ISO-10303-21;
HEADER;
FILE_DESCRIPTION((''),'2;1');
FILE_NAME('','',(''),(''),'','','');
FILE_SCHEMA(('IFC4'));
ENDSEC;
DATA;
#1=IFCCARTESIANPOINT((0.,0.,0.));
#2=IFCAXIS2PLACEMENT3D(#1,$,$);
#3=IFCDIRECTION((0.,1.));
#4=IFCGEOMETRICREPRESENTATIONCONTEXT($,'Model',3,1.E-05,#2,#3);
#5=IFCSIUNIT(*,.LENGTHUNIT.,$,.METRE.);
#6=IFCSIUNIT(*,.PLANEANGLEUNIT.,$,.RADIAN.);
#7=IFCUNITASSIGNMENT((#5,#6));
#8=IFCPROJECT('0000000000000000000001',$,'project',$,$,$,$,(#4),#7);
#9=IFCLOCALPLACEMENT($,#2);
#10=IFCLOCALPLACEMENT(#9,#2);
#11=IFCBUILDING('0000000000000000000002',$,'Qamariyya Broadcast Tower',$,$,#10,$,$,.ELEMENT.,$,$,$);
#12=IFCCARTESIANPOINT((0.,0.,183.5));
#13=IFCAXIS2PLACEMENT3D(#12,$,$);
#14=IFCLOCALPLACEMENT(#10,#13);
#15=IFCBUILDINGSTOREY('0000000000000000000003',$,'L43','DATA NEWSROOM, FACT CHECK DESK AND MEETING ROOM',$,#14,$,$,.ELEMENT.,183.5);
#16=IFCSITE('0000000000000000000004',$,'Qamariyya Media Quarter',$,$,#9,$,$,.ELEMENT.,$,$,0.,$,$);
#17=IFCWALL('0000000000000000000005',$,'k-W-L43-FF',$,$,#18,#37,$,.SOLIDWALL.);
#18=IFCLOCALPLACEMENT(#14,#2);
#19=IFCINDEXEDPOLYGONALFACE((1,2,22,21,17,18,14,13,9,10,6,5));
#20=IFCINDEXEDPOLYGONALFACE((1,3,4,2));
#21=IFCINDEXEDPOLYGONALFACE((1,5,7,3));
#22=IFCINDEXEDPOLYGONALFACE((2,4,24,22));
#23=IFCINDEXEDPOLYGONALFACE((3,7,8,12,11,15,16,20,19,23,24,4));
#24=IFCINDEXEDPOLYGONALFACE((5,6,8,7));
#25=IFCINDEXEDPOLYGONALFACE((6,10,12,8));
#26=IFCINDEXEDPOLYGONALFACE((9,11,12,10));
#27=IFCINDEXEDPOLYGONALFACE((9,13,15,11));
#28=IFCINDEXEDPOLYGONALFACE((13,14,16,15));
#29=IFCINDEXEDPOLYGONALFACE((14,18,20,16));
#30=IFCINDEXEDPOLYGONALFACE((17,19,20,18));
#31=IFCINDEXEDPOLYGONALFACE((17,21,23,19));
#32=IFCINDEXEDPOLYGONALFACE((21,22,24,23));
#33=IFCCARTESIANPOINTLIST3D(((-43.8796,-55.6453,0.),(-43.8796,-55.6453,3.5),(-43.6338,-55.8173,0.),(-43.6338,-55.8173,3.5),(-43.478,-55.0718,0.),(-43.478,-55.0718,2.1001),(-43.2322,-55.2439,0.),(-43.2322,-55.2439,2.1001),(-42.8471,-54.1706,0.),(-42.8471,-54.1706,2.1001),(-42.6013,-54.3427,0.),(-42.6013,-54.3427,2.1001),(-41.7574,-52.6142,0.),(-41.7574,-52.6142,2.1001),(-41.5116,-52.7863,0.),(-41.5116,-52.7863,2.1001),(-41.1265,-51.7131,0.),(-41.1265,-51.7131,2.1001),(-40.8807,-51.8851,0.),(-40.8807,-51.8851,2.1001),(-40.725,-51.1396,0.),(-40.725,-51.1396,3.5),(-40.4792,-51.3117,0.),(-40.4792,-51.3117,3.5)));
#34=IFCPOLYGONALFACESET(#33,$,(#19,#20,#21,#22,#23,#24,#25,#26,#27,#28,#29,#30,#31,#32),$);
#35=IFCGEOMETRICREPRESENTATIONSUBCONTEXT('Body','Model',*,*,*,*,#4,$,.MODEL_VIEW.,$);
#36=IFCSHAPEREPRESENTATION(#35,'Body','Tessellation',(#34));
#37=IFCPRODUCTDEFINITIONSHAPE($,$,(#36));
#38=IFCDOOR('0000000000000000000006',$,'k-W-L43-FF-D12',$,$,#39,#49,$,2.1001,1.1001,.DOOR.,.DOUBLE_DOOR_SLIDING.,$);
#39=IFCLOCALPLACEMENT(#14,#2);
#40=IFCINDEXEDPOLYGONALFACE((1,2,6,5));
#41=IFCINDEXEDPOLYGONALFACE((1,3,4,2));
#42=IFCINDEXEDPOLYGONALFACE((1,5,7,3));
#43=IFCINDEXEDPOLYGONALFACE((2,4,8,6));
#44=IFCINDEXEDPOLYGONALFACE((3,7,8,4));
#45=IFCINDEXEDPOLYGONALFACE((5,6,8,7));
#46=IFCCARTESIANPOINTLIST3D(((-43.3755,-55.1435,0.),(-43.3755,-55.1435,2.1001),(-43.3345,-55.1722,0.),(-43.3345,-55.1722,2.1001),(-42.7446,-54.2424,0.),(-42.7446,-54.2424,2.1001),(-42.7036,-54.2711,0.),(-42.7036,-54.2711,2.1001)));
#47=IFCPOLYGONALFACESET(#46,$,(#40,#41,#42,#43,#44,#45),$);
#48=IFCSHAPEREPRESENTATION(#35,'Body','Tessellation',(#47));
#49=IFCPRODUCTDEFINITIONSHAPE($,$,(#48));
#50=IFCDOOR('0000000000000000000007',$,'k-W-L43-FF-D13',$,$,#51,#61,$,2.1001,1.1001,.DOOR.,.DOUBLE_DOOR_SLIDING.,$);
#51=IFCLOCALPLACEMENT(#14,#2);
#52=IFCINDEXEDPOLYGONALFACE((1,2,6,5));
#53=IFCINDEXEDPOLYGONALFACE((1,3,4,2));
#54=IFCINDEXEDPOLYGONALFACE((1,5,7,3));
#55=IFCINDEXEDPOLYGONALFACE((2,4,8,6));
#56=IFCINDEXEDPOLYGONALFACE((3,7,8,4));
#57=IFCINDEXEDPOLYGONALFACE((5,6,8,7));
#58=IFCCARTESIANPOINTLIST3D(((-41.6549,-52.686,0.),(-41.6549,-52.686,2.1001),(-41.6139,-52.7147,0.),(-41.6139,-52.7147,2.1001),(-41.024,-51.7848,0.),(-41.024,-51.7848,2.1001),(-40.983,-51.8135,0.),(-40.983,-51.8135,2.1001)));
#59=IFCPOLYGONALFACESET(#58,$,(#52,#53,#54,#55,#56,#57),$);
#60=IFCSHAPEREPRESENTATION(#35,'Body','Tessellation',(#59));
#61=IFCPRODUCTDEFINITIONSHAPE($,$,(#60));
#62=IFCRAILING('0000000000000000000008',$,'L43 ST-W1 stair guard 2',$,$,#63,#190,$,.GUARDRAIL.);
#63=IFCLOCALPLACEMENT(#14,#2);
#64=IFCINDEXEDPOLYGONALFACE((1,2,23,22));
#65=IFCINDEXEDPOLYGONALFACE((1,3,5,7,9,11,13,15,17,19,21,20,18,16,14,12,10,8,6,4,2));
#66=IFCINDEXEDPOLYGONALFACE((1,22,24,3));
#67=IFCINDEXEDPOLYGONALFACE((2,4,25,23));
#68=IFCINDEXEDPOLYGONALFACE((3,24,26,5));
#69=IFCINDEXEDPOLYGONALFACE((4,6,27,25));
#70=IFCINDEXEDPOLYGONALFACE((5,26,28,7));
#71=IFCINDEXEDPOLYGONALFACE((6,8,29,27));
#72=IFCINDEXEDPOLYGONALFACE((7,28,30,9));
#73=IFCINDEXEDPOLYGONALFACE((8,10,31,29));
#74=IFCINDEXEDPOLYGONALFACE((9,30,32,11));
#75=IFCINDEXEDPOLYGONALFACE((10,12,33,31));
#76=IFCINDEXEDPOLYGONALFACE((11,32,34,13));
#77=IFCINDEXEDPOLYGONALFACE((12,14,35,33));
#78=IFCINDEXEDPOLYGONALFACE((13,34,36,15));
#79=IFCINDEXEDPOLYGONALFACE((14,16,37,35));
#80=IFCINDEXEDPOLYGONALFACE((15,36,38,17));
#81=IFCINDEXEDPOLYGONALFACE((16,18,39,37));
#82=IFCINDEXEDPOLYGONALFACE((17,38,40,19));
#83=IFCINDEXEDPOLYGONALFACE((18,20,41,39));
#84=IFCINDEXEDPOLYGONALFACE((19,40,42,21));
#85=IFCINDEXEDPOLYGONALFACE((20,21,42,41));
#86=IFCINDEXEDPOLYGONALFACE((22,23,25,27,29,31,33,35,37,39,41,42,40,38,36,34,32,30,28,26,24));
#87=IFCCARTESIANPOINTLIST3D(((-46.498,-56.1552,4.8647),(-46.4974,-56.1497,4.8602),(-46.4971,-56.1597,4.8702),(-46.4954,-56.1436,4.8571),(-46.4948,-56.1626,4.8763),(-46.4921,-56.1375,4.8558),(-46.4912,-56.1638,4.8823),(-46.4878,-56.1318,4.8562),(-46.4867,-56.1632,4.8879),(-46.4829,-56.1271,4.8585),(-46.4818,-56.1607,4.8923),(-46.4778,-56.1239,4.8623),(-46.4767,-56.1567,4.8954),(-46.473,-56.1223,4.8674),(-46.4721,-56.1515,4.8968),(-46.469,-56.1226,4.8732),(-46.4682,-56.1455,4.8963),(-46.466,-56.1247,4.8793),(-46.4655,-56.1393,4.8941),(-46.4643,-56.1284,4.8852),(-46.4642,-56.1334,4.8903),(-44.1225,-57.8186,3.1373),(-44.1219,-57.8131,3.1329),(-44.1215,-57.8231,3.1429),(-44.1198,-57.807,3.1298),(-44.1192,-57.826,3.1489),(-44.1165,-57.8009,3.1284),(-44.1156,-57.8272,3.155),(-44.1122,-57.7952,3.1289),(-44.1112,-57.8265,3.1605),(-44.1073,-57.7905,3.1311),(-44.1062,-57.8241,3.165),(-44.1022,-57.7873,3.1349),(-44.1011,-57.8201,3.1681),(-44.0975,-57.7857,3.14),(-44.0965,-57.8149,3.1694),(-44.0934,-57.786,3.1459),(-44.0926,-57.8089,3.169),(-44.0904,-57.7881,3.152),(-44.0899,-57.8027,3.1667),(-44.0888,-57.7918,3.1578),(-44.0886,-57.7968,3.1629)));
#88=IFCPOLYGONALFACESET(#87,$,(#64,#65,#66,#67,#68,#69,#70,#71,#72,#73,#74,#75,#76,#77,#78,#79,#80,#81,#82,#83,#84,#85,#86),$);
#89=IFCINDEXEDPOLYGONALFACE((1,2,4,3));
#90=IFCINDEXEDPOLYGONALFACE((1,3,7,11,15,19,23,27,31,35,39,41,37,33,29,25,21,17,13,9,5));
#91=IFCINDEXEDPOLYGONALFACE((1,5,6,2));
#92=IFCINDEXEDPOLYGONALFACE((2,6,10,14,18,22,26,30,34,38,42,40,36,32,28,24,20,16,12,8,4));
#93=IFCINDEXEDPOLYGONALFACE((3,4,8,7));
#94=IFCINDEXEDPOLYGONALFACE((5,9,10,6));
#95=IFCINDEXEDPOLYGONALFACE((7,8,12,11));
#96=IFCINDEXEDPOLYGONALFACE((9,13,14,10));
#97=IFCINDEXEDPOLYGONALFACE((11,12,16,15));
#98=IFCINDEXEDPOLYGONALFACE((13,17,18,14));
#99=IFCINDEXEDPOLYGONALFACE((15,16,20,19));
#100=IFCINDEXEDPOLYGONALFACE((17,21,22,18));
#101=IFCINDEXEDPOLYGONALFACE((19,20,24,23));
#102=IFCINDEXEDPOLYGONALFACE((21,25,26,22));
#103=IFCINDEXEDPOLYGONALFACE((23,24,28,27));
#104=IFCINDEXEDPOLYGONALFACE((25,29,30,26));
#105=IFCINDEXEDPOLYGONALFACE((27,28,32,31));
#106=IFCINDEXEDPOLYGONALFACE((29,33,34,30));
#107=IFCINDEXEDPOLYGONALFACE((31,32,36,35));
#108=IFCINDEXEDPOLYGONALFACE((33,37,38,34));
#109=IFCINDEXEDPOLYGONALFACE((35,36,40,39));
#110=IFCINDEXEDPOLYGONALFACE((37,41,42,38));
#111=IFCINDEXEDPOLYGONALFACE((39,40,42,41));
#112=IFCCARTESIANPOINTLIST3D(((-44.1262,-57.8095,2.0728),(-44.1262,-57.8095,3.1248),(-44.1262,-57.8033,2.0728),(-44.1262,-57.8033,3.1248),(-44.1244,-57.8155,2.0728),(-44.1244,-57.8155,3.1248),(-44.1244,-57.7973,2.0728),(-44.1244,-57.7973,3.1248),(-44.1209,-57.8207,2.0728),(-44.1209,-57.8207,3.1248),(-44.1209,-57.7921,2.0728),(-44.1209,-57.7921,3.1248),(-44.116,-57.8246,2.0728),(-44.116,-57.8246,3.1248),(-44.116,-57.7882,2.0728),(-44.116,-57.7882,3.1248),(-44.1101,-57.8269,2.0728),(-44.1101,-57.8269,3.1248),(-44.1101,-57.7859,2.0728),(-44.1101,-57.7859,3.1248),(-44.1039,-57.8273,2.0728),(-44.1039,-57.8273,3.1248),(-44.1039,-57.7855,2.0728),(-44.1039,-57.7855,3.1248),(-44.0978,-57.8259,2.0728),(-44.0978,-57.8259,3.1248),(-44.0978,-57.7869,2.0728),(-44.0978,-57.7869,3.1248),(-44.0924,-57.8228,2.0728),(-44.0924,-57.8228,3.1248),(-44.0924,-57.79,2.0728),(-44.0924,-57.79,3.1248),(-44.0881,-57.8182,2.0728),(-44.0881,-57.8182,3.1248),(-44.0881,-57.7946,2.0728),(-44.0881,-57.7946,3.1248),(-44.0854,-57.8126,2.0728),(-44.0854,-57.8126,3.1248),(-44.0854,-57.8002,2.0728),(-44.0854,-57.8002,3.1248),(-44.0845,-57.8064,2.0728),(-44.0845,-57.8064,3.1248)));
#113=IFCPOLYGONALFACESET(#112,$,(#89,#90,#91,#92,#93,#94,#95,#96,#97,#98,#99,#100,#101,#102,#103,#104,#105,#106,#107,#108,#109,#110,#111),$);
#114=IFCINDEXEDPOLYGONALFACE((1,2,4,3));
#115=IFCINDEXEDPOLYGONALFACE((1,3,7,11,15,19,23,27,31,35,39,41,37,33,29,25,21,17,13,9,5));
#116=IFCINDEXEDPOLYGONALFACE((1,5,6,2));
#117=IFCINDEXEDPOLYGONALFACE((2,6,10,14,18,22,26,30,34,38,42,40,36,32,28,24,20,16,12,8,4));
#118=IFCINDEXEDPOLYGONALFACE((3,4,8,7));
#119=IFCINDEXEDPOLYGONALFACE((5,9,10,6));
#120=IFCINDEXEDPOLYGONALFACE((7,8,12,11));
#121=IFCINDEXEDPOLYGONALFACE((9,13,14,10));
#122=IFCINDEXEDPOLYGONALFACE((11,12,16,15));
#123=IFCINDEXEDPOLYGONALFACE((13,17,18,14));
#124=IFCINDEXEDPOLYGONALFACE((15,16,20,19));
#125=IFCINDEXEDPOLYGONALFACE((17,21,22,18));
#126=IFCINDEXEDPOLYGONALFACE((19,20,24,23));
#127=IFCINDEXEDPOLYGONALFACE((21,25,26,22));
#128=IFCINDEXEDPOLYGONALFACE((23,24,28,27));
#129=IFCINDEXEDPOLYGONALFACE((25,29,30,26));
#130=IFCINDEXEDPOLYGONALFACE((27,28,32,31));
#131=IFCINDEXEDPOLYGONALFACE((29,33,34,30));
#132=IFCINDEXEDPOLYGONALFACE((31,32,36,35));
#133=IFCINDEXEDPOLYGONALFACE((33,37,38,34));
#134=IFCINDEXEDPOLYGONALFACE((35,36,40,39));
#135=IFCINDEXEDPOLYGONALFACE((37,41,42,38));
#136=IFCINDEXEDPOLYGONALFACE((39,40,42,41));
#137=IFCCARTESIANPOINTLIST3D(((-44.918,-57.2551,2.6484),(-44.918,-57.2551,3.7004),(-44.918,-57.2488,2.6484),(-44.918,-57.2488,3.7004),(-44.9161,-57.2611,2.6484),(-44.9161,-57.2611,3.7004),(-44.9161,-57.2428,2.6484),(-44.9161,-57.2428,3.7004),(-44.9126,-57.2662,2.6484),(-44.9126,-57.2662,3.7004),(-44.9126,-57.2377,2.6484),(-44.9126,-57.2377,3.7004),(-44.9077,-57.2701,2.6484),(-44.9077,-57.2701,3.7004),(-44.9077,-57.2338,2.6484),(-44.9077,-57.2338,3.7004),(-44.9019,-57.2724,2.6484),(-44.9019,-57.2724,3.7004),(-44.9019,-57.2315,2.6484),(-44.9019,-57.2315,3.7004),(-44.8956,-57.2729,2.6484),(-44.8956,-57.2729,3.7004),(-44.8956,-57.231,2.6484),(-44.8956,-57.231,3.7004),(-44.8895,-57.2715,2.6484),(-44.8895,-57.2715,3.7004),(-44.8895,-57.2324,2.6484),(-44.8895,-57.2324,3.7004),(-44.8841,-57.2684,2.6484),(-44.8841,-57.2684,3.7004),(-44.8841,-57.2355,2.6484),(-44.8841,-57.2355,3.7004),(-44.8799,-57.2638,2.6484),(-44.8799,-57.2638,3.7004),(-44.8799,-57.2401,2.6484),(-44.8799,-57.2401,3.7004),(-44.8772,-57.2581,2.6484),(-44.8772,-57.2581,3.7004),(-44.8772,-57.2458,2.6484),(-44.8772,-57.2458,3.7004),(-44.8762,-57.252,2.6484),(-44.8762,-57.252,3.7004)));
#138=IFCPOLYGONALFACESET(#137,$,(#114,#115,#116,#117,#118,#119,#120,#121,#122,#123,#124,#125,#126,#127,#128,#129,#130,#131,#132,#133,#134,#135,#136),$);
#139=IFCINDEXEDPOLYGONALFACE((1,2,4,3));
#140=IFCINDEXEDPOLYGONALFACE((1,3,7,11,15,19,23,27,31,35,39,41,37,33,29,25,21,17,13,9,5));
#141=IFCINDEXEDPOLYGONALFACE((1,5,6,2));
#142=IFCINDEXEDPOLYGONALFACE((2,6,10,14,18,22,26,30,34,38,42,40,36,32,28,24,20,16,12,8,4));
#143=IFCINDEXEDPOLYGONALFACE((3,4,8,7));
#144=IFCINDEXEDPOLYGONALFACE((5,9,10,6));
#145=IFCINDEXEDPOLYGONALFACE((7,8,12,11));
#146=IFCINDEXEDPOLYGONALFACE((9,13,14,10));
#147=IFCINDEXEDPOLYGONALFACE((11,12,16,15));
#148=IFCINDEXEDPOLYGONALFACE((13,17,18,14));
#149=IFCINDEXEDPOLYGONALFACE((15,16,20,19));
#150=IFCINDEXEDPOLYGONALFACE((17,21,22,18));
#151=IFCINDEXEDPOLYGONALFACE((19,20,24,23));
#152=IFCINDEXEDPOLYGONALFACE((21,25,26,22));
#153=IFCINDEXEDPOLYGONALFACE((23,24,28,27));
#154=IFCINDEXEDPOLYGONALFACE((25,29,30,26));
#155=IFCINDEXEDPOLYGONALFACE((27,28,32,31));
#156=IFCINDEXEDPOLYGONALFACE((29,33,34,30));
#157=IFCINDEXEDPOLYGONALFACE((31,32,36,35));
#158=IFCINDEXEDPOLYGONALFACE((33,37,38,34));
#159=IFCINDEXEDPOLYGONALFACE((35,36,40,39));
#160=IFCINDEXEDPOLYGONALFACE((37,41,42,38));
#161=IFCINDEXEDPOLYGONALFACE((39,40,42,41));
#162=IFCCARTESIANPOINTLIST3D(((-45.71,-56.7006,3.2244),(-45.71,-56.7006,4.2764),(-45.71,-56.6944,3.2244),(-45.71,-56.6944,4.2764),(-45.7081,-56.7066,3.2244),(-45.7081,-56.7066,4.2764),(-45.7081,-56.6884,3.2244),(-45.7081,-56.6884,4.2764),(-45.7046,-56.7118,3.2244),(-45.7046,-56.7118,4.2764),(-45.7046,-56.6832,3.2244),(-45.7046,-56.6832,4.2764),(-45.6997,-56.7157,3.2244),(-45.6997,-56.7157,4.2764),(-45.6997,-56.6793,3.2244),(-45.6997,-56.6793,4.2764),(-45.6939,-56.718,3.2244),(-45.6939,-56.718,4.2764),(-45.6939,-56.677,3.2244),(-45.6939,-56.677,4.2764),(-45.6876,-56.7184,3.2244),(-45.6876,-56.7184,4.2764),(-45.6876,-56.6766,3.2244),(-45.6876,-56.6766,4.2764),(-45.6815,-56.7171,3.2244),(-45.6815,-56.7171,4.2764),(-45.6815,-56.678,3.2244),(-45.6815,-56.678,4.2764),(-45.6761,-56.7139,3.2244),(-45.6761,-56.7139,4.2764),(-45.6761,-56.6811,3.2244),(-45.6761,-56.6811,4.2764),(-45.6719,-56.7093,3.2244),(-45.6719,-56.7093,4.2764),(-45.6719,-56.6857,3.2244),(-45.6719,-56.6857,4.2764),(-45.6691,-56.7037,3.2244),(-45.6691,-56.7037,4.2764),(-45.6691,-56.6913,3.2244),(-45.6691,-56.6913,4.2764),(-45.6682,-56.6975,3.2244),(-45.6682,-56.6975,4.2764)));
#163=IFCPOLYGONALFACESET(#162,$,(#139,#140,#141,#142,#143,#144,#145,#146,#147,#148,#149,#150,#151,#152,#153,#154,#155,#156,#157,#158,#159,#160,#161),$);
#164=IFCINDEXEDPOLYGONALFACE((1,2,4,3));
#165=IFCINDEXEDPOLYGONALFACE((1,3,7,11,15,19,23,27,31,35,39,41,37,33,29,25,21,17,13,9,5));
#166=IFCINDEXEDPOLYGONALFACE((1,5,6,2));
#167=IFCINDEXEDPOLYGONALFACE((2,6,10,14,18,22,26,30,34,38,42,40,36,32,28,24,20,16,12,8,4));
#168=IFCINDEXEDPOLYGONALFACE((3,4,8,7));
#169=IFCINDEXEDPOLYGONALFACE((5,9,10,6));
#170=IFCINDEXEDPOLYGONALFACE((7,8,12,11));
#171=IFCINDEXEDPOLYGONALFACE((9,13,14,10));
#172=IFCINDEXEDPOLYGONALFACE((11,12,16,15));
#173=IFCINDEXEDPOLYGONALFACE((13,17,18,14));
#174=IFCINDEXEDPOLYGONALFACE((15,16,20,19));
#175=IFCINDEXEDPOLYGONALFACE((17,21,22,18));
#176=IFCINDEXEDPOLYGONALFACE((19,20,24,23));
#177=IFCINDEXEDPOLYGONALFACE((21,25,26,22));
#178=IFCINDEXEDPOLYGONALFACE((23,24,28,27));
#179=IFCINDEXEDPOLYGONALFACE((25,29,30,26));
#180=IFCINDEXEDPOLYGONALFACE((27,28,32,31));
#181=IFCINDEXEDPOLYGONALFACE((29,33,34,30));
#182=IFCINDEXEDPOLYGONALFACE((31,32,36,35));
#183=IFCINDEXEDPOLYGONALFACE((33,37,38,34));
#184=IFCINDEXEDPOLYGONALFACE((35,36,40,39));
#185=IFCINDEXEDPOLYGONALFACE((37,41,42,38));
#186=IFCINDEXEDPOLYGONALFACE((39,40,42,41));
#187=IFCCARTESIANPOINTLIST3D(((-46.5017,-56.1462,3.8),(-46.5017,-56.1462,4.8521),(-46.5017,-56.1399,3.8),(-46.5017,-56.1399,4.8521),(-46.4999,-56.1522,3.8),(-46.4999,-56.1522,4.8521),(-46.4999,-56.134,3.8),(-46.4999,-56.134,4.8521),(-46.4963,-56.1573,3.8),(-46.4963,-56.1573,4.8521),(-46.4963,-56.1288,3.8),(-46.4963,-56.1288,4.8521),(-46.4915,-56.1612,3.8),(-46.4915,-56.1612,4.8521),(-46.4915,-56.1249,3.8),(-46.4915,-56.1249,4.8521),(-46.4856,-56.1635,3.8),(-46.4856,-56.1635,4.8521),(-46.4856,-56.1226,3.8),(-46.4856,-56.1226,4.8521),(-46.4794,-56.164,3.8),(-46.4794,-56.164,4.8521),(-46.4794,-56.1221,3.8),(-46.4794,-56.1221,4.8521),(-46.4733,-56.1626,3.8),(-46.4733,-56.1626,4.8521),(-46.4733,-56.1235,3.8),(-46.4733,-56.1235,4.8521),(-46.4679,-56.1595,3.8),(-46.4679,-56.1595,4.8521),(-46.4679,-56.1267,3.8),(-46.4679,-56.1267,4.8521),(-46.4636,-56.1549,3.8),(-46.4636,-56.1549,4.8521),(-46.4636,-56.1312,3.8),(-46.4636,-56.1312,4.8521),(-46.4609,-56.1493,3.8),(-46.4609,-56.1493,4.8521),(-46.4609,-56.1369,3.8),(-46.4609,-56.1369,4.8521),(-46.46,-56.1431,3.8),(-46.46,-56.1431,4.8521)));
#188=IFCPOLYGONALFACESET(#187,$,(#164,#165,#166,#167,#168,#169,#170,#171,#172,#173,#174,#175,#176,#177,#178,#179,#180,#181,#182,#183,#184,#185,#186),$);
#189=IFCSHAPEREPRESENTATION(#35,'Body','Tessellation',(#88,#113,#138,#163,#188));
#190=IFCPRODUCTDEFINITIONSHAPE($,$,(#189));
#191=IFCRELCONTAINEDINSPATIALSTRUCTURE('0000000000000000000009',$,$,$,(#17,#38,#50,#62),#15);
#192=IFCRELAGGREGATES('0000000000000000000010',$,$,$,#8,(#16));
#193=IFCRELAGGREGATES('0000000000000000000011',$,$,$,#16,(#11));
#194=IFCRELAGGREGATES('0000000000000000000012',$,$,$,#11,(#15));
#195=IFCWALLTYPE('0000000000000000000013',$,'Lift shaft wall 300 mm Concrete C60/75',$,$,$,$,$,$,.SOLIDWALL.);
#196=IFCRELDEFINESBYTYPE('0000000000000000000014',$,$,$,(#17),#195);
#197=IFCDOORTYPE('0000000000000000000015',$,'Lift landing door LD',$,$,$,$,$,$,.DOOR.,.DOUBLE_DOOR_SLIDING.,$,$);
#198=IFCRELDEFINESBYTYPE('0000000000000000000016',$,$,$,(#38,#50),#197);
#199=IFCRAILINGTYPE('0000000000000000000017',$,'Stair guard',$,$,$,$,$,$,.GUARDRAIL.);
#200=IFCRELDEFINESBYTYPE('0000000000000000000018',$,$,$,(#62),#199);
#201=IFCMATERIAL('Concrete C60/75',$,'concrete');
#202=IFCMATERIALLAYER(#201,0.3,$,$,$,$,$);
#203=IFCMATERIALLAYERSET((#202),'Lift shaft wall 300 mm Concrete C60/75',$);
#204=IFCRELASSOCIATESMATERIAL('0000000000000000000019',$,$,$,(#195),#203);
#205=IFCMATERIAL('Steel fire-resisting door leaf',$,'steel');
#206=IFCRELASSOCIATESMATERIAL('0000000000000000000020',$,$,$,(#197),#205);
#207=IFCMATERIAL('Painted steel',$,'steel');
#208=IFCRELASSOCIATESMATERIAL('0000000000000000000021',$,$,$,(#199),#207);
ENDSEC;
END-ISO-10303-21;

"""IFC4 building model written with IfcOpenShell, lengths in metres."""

from ifc_helpers import new_model, si_unit, direction, frame, frame_2d, origin, origin_2d, place, context, subcontext, project, spatial, rectangle, circle, extrude, material, layer, layer_set, type_object, element, fill, save


model = new_model("IFC4")

# Units and contexts
model_context = context("Model", 3, precision=1e-05, world=origin(), true_north=direction((0.0, 1.0)))
body_context = subcontext(model_context, "Body", "Model", "MODEL_VIEW")
ifc_project = project(units=[si_unit("LENGTHUNIT", "METRE"), si_unit("PLANEANGLEUNIT", "RADIAN")], contexts=[model_context])

# Site, building, storey
site_placement = place(None, origin())
site = spatial("IfcSite", under=ifc_project, at=site_placement, Name="Qamariyya Media Quarter", CompositionType="ELEMENT", RefElevation=0.0)
building_placement = place(site_placement, origin())
building = spatial("IfcBuilding", under=site, at=building_placement, Name="Qamariyya Broadcast Tower", CompositionType="ELEMENT")
storey_placement = place(building_placement, frame((0.0, 0.0, 183.5)))
storey = spatial("IfcBuildingStorey", under=building, at=storey_placement, Name="L43", Description="DATA NEWSROOM, FACT CHECK DESK AND MEETING ROOM", CompositionType="ELEMENT", Elevation=183.5)

# Shared definitions
ifc_material_1 = material(Name="Concrete C60/75", Category="concrete")

# Shared definitions
ifc_material_2 = material(Name="Steel fire-resisting door leaf", Category="steel")

# Shared definitions
ifc_layer_1 = layer(ifc_material_1, 0.3)
ifc_layer_set_1 = layer_set([ifc_layer_1], Name="Lift shaft wall 300 mm Concrete C60/75")
wall_type_1 = type_object("IfcWallType", Name="Lift shaft wall 300 mm Concrete C60/75", PredefinedType="SOLIDWALL", material=ifc_layer_set_1)

# Wall, openings, doors
wall_1_placement = place(storey_placement, frame((-43.7566, -55.7312, 0.0), z_axis=(0.0, 0.0, 1.0), x_axis=(0.573537, 0.81918, 0.0)))
wall_1 = element("IfcWall", 1, at=wall_1_placement, inside=storey, type_object=wall_type_1, Name="k-W-L43-FF", PredefinedType="SOLIDWALL", context=body_context, shape_type="SweptSolid", body=[
    extrude(rectangle(XDim=5.5002, YDim=0.3, at=frame_2d((2.75, 0.0))), origin(), (0.0, 0.0, 1.0), 3.5),
])
opening_1_placement = place(wall_1_placement, frame((0.7, 0.0, 0.0)))
opening_1 = element("IfcOpeningElement", 2, at=opening_1_placement, cuts=wall_1, PredefinedType="OPENING", context=body_context, shape_type="SweptSolid", body=[
    extrude(rectangle(XDim=1.1001, YDim=2.1001, at=frame_2d((0.55, 1.05))), frame((0.0, 0.1599, 0.0), z_axis=(0.0, -1.0, 0.0), x_axis=(1.0, 0.0, 0.0)), (0.0, 0.0, 1.0), 0.3201),
])
opening_2_placement = place(wall_1_placement, frame((3.7, 0.0, 0.0)))
opening_2 = element("IfcOpeningElement", 3, at=opening_2_placement, cuts=wall_1, PredefinedType="OPENING", context=body_context, shape_type="SweptSolid", body=[
    extrude(rectangle(XDim=1.1001, YDim=2.1001, at=frame_2d((0.55, 1.05))), frame((0.0, 0.1599, 0.0), z_axis=(0.0, -1.0, 0.0), x_axis=(1.0, 0.0, 0.0)), (0.0, 0.0, 1.0), 0.3201),
])
door_type_1 = type_object("IfcDoorType", Name="Lift landing door LD", OperationType="DOUBLE_DOOR_SLIDING", PredefinedType="DOOR", material=ifc_material_2)
door_1_placement = place(opening_1_placement, origin())
door_1 = element("IfcDoor", 4, at=door_1_placement, inside=storey, type_object=door_type_1, Name="k-W-L43-FF-D12", OperationType="DOUBLE_DOOR_SLIDING", OverallHeight=2.1001, OverallWidth=1.1001, PredefinedType="DOOR", context=body_context, shape_type="SweptSolid", body=[
    extrude(rectangle(XDim=1.1001, YDim=2.1001, at=frame_2d((0.55, 1.05))), frame((0.0, 0.0249, 0.0), z_axis=(0.0, -1.0, 0.0), x_axis=(1.0, 0.0, 0.0)), (0.0, 0.0, 1.0), 0.05),
])
fill(opening_1, door_1)
door_2_placement = place(opening_2_placement, origin())
door_2 = element("IfcDoor", 5, at=door_2_placement, inside=storey, type_object=door_type_1, Name="k-W-L43-FF-D13", OperationType="DOUBLE_DOOR_SLIDING", OverallHeight=2.1001, OverallWidth=1.1001, PredefinedType="DOOR", context=body_context, shape_type="SweptSolid", body=[
    extrude(rectangle(XDim=1.1001, YDim=2.1001, at=frame_2d((0.55, 1.05))), frame((0.0, 0.0249, 0.0), z_axis=(0.0, -1.0, 0.0), x_axis=(1.0, 0.0, 0.0)), (0.0, 0.0, 1.0), 0.05),
])
fill(opening_2, door_2)

# Railing
ifc_material_3 = material(Name="Painted steel", Category="steel")
railing_type_1 = type_object("IfcRailingType", Name="Stair guard", PredefinedType="GUARDRAIL", material=ifc_material_3)
railing_1_placement = place(storey_placement, frame((-44.1055, -57.8064, 2.0728)))
element("IfcRailing", 6, at=railing_1_placement, inside=storey, type_object=railing_type_1, Name="L43 ST-W1 stair guard 2", PredefinedType="GUARDRAIL", context=body_context, shape_type="SweptSolid", body=[
    extrude(circle(Radius=0.0239, at=origin_2d()), frame((0.0, 0.0, 1.0762), z_axis=(-0.70377, 0.492784, 0.511734), x_axis=(-0.573575, -0.819153, 0.0)), (0.0, 0.0, 1.0), 3.3755),
    extrude(circle(Radius=0.021, at=origin_2d()), origin(), (0.0, 0.0, 1.0), 1.052),
    extrude(circle(Radius=0.021, at=origin_2d()), frame((-0.7917, 0.5544, 0.5757)), (0.0, 0.0, 1.0), 1.052),
    extrude(circle(Radius=0.021, at=origin_2d()), frame((-1.5837, 1.1089, 1.1516)), (0.0, 0.0, 1.0), 1.052),
    extrude(circle(Radius=0.021, at=origin_2d()), frame((-2.3755, 1.6633, 1.7273)), (0.0, 0.0, 1.0), 1.052),
])

save(model, "model.ifc")
